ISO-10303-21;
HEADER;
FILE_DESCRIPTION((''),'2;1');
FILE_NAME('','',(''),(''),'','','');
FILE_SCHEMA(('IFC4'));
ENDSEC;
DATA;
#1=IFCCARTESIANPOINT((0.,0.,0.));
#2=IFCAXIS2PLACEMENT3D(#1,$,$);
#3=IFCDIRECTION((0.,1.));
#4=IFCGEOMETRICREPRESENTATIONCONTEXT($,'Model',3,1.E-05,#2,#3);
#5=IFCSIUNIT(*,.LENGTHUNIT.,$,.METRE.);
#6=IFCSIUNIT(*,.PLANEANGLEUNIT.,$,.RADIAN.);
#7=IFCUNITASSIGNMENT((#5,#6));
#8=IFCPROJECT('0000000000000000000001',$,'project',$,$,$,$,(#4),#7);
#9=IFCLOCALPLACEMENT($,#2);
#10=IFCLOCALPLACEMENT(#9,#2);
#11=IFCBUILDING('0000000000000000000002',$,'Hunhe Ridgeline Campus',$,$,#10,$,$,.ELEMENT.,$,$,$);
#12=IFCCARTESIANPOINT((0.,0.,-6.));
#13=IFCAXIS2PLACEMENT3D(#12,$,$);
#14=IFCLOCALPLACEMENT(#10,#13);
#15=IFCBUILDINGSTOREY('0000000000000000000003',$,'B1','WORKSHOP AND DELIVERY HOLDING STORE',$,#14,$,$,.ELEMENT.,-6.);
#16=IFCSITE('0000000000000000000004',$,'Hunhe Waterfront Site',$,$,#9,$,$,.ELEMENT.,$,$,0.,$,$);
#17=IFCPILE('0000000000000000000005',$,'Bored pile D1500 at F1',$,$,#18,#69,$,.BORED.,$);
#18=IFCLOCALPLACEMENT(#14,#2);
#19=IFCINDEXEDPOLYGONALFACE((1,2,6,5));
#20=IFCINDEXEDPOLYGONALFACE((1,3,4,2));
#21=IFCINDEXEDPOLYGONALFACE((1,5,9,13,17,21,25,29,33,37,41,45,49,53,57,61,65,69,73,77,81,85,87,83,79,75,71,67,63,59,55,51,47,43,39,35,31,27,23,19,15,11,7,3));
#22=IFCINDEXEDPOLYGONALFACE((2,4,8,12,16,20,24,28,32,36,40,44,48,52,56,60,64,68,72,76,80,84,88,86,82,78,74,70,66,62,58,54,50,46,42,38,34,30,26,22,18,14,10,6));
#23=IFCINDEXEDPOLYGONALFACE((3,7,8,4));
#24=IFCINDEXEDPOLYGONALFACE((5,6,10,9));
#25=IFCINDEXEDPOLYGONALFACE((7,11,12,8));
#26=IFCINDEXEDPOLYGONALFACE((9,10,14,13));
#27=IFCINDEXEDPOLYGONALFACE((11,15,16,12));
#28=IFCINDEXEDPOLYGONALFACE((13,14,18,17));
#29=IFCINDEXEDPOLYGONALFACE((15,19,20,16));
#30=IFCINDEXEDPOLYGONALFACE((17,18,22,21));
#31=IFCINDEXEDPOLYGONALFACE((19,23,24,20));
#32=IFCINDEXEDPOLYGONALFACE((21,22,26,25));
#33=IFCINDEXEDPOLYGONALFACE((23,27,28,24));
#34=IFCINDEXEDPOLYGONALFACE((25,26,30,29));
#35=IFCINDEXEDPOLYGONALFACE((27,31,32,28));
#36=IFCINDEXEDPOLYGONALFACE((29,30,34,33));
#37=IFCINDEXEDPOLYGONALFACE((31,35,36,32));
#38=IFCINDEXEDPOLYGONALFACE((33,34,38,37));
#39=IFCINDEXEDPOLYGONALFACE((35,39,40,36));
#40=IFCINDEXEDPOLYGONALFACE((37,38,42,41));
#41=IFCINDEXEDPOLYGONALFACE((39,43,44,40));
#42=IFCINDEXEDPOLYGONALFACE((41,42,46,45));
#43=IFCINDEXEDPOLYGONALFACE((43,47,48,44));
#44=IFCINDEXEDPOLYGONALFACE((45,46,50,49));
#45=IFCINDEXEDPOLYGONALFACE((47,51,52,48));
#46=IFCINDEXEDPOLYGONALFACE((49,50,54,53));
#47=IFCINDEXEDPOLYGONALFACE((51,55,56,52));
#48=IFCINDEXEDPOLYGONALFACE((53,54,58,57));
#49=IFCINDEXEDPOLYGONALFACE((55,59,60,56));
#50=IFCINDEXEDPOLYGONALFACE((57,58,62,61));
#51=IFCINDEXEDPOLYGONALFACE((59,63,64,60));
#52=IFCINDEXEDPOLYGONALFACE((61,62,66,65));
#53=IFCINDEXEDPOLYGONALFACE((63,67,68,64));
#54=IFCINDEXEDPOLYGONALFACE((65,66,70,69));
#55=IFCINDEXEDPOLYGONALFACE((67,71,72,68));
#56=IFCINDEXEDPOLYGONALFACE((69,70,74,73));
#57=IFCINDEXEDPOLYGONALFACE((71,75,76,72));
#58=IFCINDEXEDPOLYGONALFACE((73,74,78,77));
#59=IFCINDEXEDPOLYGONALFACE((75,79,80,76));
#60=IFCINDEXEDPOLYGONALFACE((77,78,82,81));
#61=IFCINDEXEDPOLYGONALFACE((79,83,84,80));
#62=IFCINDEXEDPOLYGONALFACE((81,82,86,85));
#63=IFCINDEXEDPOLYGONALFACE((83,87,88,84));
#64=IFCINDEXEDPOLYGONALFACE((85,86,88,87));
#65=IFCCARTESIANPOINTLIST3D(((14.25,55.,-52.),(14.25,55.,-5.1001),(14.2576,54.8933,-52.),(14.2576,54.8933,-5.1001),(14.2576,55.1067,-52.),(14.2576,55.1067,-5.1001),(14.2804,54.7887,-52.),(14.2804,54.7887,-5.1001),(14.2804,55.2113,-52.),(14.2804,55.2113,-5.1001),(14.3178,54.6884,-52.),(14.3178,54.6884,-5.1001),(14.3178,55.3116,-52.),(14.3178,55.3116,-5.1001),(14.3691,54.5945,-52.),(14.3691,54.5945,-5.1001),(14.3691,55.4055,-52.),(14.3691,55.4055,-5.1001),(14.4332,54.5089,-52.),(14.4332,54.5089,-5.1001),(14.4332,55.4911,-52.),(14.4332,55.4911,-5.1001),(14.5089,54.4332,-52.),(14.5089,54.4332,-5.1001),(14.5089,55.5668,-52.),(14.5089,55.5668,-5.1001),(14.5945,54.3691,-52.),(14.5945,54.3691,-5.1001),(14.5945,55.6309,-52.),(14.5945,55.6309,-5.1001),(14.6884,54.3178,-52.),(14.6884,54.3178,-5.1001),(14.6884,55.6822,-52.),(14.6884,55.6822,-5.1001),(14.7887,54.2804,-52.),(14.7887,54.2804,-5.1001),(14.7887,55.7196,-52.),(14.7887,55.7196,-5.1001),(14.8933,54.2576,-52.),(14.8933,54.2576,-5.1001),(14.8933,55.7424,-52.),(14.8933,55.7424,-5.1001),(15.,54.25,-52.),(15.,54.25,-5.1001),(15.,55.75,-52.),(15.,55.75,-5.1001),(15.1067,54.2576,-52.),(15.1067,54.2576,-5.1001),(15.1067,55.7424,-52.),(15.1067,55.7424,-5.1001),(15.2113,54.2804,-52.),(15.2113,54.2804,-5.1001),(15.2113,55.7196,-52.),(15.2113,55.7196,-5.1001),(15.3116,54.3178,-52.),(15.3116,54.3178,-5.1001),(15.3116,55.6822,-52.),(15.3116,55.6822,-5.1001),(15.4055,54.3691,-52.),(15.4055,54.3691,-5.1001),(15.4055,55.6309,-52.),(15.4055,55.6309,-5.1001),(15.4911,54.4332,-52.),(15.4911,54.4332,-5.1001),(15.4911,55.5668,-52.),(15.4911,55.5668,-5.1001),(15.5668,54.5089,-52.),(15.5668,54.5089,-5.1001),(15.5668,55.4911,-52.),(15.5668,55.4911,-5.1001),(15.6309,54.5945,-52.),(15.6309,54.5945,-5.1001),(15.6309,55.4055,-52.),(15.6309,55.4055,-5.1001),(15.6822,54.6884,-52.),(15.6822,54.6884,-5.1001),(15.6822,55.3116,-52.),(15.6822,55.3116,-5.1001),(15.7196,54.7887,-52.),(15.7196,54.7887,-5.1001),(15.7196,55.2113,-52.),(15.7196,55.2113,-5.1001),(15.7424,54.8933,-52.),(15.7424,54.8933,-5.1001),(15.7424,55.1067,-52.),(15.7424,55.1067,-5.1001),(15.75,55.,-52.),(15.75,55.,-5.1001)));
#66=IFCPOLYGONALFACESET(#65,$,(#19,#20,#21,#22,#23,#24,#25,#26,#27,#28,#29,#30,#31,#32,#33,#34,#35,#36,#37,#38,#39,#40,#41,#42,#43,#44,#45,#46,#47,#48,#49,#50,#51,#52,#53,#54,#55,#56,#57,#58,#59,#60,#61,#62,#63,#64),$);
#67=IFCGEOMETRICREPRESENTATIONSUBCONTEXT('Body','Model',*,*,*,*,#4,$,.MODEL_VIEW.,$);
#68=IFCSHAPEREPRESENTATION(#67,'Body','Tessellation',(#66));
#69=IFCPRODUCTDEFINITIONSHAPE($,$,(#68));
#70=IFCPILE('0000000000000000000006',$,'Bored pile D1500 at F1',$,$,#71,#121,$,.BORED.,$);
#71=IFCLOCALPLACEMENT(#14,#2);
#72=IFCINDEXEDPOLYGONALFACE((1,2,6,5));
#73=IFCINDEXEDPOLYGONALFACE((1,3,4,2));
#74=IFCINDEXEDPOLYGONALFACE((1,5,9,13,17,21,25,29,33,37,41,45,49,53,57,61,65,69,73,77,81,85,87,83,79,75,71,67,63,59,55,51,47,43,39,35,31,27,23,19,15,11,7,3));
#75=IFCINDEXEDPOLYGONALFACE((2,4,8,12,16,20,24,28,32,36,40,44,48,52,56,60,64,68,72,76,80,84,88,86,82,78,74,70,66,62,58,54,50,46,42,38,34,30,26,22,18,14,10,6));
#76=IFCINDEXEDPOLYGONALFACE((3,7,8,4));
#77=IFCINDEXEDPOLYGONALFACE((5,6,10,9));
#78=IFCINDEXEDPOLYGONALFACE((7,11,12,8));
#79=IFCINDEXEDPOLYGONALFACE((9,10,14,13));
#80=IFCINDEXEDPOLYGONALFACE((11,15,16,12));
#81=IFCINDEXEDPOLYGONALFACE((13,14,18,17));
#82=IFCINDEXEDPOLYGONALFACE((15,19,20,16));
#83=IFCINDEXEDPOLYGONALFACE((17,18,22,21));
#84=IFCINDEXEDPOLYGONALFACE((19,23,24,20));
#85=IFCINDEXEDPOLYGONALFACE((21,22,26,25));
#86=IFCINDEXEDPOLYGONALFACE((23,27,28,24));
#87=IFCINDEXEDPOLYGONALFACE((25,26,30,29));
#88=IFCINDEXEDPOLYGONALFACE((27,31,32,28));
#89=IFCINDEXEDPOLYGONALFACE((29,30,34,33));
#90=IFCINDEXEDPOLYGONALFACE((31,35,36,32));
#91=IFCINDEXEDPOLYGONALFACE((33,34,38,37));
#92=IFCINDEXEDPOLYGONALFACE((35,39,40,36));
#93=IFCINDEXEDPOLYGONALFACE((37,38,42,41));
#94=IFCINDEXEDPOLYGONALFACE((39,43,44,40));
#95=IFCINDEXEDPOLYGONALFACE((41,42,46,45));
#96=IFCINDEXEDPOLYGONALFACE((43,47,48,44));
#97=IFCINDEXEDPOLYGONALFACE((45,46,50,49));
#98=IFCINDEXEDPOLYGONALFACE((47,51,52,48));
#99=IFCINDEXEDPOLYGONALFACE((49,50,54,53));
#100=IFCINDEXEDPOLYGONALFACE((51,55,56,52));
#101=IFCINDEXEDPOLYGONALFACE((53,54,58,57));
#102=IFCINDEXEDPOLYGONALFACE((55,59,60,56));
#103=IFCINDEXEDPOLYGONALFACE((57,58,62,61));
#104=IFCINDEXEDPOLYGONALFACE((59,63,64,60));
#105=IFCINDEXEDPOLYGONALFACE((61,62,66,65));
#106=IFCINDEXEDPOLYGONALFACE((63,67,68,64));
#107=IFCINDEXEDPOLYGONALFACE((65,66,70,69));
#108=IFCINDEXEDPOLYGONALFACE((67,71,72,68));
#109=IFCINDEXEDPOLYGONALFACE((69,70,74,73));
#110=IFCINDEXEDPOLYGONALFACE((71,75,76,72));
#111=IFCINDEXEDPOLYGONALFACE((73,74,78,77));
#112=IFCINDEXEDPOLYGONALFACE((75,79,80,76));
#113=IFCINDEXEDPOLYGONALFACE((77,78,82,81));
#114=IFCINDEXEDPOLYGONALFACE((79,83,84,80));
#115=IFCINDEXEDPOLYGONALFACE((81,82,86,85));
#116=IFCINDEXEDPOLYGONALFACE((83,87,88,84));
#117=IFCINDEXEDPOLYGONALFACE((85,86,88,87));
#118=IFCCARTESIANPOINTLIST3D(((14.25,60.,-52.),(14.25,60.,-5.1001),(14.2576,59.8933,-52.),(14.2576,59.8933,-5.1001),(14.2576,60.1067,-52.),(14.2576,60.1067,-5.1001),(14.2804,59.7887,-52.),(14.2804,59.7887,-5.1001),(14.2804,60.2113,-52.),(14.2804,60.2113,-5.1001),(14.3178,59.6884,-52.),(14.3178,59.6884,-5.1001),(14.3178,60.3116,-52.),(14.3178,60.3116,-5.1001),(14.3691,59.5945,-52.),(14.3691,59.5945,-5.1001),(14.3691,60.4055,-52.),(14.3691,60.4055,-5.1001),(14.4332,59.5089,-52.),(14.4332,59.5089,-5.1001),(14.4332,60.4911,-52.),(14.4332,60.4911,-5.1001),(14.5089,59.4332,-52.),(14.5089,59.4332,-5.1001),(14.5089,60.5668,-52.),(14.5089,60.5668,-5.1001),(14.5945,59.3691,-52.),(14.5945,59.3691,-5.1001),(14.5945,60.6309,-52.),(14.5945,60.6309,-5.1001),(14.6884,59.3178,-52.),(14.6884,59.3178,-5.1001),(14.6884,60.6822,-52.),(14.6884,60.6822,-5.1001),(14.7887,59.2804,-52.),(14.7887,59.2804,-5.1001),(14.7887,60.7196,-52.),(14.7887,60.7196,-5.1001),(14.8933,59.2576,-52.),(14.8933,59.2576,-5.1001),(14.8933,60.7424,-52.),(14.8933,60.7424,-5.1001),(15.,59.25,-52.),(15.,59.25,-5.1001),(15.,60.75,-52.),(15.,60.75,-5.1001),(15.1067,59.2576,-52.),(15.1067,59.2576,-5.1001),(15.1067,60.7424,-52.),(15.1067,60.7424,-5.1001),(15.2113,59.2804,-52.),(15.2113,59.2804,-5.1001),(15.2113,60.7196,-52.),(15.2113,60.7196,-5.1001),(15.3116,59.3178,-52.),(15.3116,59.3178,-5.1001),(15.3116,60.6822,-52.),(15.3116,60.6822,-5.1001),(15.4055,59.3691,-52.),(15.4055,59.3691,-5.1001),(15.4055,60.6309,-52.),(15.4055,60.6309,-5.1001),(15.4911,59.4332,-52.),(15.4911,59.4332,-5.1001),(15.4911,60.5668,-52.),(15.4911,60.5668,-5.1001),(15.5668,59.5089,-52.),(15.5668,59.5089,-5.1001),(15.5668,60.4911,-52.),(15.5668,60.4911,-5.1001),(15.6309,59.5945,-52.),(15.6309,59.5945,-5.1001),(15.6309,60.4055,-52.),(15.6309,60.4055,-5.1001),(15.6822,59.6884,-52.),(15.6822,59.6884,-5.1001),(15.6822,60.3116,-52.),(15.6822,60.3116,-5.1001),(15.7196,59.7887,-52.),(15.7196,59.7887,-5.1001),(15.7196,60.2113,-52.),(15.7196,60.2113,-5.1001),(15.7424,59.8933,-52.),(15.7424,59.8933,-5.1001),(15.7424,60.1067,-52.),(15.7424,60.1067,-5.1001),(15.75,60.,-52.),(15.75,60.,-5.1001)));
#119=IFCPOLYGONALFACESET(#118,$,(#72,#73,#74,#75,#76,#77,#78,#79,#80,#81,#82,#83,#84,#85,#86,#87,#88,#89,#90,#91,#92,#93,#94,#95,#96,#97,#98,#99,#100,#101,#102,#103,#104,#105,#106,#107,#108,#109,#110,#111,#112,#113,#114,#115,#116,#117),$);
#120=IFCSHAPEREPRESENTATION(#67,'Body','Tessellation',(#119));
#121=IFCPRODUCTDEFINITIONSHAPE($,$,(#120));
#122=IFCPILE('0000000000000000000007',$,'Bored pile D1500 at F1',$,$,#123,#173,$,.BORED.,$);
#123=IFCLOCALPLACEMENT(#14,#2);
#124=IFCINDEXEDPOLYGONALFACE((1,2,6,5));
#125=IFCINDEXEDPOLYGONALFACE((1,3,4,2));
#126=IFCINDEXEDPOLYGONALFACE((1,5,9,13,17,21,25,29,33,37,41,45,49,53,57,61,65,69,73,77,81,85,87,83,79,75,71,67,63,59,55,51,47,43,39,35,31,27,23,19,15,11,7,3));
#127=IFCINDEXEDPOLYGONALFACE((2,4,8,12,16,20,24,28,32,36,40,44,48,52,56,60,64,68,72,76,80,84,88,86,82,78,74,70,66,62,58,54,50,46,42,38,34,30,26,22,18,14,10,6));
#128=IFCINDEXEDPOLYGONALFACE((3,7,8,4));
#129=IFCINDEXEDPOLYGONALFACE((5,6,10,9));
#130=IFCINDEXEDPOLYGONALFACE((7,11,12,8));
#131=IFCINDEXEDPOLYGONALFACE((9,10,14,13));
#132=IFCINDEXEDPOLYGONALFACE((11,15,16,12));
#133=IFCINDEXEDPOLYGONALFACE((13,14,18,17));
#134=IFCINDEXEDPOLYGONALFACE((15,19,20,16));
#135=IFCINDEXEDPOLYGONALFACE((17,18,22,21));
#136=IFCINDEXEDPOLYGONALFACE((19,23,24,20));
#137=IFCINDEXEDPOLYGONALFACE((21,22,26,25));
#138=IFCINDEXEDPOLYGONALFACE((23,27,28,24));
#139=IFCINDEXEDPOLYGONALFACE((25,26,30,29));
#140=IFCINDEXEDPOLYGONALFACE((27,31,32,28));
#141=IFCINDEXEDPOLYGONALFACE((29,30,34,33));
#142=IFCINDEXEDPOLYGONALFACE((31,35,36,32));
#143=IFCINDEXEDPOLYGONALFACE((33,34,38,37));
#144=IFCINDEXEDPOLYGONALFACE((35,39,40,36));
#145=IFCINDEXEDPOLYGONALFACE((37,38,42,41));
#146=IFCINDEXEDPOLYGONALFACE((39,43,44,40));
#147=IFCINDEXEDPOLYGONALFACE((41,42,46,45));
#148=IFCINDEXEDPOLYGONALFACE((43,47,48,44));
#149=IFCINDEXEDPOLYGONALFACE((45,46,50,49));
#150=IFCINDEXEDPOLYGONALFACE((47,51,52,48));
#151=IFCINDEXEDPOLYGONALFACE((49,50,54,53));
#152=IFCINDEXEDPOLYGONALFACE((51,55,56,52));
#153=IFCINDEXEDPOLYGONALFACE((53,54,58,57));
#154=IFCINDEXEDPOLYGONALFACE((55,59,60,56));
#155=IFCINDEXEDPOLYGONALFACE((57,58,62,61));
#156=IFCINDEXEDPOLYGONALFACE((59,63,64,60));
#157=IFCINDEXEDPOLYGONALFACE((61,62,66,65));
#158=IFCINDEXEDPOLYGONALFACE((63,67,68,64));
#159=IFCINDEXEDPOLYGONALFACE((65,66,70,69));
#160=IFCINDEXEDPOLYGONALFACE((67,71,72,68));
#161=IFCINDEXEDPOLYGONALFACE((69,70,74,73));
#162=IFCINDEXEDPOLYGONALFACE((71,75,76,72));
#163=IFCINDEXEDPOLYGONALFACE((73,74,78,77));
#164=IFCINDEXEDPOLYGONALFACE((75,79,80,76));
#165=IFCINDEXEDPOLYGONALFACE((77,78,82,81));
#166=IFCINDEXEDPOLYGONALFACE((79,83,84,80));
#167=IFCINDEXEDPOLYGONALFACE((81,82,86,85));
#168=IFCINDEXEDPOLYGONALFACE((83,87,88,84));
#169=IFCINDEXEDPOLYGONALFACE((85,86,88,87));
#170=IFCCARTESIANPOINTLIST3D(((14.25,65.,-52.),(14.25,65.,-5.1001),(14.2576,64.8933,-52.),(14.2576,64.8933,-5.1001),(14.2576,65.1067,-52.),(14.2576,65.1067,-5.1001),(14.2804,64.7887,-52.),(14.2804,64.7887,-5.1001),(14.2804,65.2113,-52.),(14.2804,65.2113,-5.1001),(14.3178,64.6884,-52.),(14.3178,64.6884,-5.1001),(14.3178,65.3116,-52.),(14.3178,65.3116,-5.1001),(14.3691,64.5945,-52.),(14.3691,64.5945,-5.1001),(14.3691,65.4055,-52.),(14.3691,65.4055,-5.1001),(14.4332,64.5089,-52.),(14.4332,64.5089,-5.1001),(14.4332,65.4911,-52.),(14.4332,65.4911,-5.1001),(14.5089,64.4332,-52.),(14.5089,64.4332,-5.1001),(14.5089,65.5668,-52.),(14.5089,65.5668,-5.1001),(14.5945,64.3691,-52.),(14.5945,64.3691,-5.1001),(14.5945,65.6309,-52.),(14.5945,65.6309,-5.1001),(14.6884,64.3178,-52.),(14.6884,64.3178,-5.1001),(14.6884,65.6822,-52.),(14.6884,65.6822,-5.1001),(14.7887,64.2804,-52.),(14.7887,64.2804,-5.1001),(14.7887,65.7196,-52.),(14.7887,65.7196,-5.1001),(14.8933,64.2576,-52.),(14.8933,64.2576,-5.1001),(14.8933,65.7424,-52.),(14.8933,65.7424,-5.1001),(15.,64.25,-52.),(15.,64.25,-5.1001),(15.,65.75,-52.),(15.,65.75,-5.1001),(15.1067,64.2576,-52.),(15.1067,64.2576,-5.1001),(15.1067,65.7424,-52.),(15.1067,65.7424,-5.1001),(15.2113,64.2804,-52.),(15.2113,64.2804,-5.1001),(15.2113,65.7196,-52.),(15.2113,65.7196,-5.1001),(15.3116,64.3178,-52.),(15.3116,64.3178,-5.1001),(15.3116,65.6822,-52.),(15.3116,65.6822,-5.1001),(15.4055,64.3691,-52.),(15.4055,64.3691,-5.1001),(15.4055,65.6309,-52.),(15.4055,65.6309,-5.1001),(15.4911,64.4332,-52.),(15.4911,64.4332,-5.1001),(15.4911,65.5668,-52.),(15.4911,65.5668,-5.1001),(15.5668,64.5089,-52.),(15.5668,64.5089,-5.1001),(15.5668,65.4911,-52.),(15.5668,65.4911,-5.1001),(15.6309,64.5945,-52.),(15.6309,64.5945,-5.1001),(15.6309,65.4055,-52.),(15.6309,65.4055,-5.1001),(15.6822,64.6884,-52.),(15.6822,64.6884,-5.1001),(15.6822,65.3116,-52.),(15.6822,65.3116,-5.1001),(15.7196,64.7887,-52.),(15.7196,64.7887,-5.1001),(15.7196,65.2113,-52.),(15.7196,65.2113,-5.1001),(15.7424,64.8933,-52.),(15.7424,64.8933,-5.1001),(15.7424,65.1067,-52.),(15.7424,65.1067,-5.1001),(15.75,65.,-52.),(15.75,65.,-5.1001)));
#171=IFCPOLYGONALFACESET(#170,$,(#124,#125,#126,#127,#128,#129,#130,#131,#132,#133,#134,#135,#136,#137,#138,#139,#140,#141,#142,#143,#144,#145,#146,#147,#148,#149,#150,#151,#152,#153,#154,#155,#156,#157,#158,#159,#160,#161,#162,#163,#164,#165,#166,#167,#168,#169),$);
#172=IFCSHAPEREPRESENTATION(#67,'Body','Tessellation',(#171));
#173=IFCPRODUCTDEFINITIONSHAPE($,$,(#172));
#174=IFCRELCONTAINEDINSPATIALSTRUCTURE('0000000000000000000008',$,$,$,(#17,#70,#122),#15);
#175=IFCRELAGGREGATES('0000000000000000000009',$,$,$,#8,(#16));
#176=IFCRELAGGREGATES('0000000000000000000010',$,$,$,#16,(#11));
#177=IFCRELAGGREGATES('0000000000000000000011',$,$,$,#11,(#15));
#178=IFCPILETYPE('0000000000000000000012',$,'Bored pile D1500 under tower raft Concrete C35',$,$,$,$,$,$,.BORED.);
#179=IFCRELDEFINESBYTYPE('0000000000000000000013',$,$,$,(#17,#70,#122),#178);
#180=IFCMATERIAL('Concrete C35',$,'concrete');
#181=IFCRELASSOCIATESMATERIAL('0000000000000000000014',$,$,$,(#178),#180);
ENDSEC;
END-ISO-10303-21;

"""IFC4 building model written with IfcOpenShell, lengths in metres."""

from ifc_helpers import new_model, si_unit, direction, frame, origin, origin_2d, place, context, subcontext, project, spatial, circle, extrude, material, material_profile, profile_set, type_object, element, save


model = new_model("IFC4")

# Units and contexts
model_context = context("Model", 3, precision=1e-05, world=origin(), true_north=direction((0.0, 1.0)))
body_context = subcontext(model_context, "Body", "Model", "MODEL_VIEW")
ifc_project = project(units=[si_unit("LENGTHUNIT", "METRE"), si_unit("PLANEANGLEUNIT", "RADIAN")], contexts=[model_context])

# Site, building, storey
site_placement = place(None, origin())
site = spatial("IfcSite", under=ifc_project, at=site_placement, Name="Hunhe Waterfront Site", CompositionType="ELEMENT", RefElevation=0.0)
building_placement = place(site_placement, origin())
building = spatial("IfcBuilding", under=site, at=building_placement, Name="Hunhe Ridgeline Campus", CompositionType="ELEMENT")
storey_placement = place(building_placement, frame((0.0, 0.0, -6.0)))
storey = spatial("IfcBuildingStorey", under=building, at=storey_placement, Name="B1", Description="WORKSHOP AND DELIVERY HOLDING STORE", CompositionType="ELEMENT", Elevation=-6.0)

# Piles
ifc_material_1 = material(Name="Concrete C35", Category="concrete")
ifc_material_profile_1 = material_profile(ifc_material_1, circle(Radius=0.75, at=origin_2d()))
ifc_profile_set_1 = profile_set([ifc_material_profile_1], Name="Concrete C35")
pile_type = type_object("IfcPileType", Name="Bored pile D1500 under tower raft Concrete C35", PredefinedType="BORED", material=ifc_profile_set_1)
for number, where, z_axis, x_axis, name in (
    (1, (15.0, 55.0, -5.1001), (0.0, 0.0, -1.0), (1.0, 0.0, 0.0), "Bored pile D1500 at F1"),
    (2, (15.0, 60.0, -5.1001), (0.0, 0.0, -1.0), (1.0, 0.0, 0.0), "Bored pile D1500 at F1"),
    (3, (15.0, 65.0, -5.1001), (0.0, 0.0, -1.0), (1.0, 0.0, 0.0), "Bored pile D1500 at F1"),
):
    element("IfcPile", number, at=place(storey_placement, frame(where, z_axis=z_axis, x_axis=x_axis)), inside=storey, type_object=pile_type, Name=name, PredefinedType="BORED", context=body_context, shape_type="SweptSolid", body=[
        extrude(circle(Radius=0.75, at=origin_2d()), origin(), (0.0, 0.0, 1.0), 46.8999),
    ])

save(model, "model.ifc")
